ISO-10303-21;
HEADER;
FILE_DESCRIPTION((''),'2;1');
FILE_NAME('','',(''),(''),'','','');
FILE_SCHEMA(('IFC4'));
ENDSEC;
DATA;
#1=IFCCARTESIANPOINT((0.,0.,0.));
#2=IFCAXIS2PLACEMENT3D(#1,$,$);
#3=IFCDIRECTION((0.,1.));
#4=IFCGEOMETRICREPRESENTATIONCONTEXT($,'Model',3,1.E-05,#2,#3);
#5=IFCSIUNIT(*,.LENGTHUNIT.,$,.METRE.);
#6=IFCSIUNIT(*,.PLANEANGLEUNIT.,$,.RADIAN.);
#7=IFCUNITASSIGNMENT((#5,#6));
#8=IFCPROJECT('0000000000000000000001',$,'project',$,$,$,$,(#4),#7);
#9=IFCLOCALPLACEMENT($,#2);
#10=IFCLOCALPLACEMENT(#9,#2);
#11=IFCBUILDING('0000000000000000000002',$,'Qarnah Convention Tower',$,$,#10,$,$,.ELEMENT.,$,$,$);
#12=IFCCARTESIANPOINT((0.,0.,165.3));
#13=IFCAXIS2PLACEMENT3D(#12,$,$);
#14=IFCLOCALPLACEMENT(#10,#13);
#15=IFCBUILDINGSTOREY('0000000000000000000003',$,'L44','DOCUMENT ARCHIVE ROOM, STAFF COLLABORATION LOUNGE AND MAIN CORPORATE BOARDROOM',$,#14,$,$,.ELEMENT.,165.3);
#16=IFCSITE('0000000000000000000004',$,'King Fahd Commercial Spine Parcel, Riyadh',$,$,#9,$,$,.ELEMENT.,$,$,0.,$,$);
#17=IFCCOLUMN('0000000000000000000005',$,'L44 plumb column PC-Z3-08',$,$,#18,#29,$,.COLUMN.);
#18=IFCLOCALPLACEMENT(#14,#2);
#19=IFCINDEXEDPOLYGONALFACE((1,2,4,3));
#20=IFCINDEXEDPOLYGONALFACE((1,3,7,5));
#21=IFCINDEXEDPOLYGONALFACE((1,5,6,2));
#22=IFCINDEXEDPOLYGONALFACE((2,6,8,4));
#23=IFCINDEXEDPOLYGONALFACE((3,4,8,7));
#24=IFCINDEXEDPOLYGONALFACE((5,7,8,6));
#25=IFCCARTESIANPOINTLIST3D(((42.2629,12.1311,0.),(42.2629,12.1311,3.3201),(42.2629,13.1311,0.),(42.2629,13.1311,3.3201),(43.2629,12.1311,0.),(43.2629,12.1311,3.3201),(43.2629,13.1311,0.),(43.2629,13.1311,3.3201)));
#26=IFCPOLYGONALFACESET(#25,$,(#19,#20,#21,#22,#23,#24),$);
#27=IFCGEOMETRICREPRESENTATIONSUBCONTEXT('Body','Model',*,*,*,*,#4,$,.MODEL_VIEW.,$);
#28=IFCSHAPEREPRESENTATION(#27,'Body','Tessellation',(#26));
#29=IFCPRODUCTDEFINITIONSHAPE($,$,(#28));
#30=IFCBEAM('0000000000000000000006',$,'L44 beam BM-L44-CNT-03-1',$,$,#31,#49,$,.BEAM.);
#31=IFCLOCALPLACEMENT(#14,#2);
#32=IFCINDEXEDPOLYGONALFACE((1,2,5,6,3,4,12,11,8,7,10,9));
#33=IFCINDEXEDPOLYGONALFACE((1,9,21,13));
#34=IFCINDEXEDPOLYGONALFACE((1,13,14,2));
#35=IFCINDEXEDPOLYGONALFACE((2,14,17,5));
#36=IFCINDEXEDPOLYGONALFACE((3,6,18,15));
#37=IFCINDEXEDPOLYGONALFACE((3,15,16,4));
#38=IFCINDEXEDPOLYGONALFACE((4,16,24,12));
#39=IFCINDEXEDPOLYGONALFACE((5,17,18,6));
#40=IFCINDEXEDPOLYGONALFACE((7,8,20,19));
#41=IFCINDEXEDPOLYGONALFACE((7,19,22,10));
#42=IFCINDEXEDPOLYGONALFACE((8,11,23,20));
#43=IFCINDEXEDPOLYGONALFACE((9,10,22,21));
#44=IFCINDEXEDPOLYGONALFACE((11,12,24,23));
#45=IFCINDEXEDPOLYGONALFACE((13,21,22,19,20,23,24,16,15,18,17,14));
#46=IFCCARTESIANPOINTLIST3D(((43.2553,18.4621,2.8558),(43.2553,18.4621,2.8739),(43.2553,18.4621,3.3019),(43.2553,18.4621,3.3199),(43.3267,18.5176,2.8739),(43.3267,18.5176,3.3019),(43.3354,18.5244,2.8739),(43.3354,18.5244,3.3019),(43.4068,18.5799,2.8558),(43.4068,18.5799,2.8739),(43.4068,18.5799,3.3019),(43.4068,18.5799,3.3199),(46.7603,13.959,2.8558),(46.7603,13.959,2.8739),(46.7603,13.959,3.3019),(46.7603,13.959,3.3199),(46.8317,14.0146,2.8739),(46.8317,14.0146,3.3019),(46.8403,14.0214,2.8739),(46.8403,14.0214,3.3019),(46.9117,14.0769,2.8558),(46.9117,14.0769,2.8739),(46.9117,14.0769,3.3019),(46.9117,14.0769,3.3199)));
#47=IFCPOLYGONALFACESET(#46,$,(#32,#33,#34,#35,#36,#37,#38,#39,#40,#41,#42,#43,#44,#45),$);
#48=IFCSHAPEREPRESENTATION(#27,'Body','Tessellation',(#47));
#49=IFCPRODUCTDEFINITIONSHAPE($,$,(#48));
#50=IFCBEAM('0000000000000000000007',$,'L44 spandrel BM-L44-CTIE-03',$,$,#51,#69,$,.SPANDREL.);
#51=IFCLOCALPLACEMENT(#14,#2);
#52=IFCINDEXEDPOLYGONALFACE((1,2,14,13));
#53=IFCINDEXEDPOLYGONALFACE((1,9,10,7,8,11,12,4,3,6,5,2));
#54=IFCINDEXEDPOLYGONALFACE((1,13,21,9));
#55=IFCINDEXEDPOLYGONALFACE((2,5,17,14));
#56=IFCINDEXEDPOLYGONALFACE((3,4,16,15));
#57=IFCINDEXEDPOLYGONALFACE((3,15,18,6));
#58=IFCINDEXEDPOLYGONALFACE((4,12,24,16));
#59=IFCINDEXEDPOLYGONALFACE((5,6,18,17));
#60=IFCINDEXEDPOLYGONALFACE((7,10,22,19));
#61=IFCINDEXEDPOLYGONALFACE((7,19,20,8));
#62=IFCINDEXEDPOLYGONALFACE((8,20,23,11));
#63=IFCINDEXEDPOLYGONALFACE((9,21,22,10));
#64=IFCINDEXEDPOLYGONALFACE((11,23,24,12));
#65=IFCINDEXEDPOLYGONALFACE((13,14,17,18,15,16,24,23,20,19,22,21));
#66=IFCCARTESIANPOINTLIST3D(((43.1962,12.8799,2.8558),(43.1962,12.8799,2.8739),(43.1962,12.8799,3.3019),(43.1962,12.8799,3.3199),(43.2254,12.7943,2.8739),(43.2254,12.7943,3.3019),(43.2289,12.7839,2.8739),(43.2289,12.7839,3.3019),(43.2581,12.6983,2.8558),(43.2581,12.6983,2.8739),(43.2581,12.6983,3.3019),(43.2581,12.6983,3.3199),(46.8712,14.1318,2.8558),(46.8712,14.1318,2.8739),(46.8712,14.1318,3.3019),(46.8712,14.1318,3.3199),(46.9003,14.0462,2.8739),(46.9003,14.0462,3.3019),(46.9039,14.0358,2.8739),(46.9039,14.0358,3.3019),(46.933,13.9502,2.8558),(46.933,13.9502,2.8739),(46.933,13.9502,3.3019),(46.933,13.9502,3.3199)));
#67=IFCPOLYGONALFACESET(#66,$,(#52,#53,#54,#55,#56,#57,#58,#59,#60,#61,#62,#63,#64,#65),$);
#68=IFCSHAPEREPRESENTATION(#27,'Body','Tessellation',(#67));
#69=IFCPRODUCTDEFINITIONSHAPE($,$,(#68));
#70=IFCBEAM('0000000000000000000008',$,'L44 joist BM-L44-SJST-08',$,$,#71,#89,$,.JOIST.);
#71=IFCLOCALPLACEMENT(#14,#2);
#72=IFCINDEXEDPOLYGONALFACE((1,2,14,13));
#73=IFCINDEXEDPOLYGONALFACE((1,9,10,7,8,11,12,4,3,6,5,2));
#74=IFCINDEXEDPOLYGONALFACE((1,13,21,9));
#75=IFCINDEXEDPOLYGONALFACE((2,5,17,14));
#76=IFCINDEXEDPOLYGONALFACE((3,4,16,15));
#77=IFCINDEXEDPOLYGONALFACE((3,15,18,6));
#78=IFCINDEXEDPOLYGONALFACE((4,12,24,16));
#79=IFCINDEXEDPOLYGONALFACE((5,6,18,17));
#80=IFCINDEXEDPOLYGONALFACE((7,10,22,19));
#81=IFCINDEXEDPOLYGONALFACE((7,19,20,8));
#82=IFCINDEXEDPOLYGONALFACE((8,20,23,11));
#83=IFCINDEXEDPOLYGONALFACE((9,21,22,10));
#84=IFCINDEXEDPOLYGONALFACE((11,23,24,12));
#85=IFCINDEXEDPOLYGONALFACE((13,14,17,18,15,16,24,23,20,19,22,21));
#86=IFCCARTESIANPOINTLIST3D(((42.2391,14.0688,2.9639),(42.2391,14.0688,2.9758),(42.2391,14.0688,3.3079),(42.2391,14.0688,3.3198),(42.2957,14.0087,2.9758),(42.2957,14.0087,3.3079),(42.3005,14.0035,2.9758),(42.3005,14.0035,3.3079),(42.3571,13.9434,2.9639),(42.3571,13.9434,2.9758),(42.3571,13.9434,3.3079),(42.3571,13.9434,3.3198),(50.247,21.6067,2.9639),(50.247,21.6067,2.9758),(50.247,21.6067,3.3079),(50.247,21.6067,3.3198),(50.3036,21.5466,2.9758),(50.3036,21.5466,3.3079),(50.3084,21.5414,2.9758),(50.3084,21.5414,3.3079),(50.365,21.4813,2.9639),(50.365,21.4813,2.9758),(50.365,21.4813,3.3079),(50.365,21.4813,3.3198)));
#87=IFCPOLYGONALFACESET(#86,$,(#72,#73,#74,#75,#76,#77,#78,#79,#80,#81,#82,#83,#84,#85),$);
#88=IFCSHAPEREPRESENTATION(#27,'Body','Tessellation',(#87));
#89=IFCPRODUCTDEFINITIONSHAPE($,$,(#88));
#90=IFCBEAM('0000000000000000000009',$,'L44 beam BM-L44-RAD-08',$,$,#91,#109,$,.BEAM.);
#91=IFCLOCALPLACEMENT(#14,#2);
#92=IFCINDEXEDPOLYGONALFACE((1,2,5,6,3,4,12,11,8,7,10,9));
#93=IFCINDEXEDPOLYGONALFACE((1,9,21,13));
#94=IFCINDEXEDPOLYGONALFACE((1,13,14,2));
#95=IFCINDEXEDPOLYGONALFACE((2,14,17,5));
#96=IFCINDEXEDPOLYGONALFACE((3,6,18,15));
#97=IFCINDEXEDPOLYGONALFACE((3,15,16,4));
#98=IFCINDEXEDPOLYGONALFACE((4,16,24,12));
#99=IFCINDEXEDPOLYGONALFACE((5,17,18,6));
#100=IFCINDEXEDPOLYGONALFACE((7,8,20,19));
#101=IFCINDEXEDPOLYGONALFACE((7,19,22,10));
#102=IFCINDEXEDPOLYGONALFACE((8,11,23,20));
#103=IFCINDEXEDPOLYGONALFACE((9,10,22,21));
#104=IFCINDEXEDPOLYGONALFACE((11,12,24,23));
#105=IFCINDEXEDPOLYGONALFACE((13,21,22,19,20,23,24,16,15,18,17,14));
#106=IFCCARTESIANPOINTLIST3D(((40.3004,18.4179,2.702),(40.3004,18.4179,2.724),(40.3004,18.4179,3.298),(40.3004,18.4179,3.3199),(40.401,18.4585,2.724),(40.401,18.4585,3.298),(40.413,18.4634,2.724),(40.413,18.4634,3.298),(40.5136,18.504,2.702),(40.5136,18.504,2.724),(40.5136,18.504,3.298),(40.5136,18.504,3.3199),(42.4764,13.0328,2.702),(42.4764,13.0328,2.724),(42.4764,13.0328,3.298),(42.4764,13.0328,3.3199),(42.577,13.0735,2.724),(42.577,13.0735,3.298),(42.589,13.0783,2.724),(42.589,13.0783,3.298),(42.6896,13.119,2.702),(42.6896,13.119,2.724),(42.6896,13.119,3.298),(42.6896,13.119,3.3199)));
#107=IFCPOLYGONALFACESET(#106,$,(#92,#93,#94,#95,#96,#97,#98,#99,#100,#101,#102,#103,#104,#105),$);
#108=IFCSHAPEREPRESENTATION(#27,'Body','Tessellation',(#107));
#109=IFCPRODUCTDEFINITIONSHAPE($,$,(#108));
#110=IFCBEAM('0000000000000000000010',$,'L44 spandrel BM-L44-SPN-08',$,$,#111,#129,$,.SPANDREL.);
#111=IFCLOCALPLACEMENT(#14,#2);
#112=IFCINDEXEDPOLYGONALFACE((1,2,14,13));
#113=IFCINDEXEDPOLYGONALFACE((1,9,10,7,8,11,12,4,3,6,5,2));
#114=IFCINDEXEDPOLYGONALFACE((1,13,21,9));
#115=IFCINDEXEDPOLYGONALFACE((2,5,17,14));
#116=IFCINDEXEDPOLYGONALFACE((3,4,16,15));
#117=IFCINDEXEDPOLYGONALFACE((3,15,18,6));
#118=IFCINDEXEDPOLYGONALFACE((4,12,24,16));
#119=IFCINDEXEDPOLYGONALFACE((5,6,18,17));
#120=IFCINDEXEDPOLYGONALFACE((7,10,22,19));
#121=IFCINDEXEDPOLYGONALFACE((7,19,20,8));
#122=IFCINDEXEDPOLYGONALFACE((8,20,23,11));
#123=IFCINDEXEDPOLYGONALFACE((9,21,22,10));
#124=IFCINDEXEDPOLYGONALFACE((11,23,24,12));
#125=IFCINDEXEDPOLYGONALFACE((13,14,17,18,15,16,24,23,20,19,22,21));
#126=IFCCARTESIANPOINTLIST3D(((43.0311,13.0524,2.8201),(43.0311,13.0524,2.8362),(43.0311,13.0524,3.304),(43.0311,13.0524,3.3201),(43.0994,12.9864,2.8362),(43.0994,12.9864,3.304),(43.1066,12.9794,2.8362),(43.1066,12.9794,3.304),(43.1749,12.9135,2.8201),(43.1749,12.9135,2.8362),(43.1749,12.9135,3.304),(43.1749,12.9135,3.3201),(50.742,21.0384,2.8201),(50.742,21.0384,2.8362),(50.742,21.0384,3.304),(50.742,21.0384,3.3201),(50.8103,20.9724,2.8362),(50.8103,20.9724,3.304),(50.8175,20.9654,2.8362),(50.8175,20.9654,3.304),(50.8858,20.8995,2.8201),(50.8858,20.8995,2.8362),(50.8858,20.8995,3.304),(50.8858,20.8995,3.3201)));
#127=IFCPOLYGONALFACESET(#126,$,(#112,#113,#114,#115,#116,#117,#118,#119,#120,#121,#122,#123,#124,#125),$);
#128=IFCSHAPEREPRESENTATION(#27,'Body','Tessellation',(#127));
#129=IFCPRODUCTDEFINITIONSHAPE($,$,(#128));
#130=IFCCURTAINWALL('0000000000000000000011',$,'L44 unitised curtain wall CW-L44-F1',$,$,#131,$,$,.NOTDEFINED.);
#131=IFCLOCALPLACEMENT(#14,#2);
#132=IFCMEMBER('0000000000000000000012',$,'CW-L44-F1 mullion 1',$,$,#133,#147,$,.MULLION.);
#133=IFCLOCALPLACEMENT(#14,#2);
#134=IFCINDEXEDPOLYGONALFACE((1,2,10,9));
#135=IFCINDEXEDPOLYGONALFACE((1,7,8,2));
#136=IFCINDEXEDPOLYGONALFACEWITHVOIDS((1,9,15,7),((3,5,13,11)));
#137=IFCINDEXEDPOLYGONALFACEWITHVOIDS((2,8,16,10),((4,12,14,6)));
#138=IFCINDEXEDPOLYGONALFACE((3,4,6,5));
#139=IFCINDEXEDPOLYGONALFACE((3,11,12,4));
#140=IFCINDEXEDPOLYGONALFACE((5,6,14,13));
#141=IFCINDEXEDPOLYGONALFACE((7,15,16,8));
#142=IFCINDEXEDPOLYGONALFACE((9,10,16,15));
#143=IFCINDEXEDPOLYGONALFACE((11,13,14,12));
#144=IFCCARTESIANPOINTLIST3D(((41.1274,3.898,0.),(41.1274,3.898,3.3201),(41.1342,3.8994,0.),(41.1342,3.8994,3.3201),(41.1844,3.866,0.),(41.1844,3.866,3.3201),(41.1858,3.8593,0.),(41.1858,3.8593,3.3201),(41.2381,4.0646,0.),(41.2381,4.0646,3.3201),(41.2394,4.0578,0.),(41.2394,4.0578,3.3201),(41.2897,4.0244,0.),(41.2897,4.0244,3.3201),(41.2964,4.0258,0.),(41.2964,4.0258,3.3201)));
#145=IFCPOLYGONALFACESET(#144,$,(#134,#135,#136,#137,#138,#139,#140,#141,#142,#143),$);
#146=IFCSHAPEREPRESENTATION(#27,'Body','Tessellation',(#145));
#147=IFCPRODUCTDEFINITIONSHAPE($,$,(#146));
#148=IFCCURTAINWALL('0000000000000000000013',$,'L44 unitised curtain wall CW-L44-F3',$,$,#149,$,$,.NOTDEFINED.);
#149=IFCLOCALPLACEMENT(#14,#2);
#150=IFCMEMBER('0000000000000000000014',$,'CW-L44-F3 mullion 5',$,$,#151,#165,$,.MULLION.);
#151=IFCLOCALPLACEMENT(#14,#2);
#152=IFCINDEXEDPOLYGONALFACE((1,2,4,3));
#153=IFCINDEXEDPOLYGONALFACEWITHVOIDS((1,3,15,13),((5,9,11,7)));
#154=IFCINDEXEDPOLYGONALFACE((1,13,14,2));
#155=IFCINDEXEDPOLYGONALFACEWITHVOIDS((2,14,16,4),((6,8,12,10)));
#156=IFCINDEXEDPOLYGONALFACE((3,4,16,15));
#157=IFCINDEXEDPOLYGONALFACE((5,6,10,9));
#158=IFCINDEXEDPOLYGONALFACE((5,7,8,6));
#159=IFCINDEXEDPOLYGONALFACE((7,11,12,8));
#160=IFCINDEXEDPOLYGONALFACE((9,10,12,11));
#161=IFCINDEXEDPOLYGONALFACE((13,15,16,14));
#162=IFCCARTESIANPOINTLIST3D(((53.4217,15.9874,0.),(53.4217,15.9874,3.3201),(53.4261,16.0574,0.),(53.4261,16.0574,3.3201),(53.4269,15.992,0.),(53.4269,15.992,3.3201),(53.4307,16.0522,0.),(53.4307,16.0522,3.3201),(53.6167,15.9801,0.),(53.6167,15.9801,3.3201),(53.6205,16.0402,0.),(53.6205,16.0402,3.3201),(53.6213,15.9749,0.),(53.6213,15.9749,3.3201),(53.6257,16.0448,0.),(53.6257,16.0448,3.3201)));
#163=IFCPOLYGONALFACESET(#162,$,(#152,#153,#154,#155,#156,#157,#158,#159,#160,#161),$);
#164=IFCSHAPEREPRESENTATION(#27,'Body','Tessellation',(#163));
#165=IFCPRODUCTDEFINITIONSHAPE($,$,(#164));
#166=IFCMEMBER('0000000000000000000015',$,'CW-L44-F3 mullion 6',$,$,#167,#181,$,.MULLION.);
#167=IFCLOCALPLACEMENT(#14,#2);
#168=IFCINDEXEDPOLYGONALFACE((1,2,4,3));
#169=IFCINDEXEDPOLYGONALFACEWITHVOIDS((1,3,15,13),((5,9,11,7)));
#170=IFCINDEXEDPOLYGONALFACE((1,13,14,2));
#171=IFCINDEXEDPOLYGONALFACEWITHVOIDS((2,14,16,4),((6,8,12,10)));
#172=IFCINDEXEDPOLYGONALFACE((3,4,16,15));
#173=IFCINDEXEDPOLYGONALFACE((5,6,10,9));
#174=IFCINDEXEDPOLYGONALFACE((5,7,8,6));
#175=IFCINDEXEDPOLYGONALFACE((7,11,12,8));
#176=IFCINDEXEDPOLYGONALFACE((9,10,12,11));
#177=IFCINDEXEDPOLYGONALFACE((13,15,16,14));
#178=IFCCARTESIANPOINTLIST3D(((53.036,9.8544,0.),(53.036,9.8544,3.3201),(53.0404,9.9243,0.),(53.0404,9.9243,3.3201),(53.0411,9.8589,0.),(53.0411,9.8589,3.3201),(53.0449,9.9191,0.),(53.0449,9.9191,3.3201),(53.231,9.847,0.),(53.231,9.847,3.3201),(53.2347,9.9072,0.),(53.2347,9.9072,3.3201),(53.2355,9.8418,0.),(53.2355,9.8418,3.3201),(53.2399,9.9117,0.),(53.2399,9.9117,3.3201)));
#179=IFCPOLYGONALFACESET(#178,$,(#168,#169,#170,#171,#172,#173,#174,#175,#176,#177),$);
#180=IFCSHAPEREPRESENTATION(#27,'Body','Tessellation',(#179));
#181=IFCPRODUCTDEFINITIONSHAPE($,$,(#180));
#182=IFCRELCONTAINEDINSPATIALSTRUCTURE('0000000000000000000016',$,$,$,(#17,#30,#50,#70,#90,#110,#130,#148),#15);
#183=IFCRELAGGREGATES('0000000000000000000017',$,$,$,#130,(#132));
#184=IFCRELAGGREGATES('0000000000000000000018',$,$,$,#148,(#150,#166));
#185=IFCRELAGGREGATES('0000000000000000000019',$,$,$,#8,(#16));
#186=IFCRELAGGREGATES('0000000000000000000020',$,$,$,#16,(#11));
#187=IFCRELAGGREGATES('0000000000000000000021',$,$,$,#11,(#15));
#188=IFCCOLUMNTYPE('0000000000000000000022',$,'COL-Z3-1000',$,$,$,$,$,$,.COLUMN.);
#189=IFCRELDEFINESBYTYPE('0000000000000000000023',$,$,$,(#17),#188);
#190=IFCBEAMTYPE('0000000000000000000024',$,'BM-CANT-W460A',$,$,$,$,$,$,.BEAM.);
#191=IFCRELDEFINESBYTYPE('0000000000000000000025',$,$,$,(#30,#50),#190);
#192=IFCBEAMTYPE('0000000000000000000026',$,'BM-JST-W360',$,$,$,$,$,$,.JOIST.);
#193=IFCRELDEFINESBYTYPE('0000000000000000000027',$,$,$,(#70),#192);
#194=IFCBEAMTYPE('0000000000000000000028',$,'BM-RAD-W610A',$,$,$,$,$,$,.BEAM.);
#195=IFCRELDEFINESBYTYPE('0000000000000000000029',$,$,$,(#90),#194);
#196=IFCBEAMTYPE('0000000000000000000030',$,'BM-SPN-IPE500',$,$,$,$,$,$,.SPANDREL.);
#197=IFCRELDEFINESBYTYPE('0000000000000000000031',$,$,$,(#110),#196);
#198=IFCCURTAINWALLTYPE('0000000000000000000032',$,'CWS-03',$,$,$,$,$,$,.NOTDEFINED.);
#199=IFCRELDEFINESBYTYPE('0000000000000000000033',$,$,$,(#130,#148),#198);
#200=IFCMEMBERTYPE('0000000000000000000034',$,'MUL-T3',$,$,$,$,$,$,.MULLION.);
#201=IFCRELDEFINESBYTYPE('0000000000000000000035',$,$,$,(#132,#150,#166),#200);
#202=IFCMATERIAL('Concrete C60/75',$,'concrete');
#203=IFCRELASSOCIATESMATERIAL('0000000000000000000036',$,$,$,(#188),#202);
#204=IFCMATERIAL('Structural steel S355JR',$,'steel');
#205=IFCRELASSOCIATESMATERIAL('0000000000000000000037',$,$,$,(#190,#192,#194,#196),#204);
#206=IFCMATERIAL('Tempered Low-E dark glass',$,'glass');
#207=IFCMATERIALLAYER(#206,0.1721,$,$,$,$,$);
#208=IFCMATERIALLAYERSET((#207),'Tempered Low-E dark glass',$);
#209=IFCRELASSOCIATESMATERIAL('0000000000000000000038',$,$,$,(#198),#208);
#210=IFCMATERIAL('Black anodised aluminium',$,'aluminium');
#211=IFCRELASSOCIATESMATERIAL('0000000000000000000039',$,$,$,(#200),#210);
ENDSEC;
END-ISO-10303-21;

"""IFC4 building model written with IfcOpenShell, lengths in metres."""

from ifc_helpers import new_model, si_unit, direction, frame, origin, origin_2d, place, context, subcontext, project, spatial, rectangle, hollow_rectangle, i_section, extrude, material, layer, layer_set, material_profile, profile_set, type_object, element, aggregate, save


model = new_model("IFC4")

# Units and contexts
model_context = context("Model", 3, precision=1e-05, world=origin(), true_north=direction((0.0, 1.0)))
body_context = subcontext(model_context, "Body", "Model", "MODEL_VIEW")
ifc_project = project(units=[si_unit("LENGTHUNIT", "METRE"), si_unit("PLANEANGLEUNIT", "RADIAN")], contexts=[model_context])

# Site, building, storey
site_placement = place(None, origin())
site = spatial("IfcSite", under=ifc_project, at=site_placement, Name="King Fahd Commercial Spine Parcel, Riyadh", CompositionType="ELEMENT", RefElevation=0.0)
building_placement = place(site_placement, origin())
building = spatial("IfcBuilding", under=site, at=building_placement, Name="Qarnah Convention Tower", CompositionType="ELEMENT")
storey_placement = place(building_placement, frame((0.0, 0.0, 165.3)))
storey = spatial("IfcBuildingStorey", under=building, at=storey_placement, Name="L44", Description="DOCUMENT ARCHIVE ROOM, STAFF COLLABORATION LOUNGE AND MAIN CORPORATE BOARDROOM", CompositionType="ELEMENT", Elevation=165.3)

# Column
ifc_material_1 = material(Name="Concrete C60/75", Category="concrete")
ifc_material_profile_1 = material_profile(ifc_material_1, rectangle(XDim=1.0, YDim=1.0, at=origin_2d()), Name="RC-COL-1000X1000")
ifc_profile_set_1 = profile_set([ifc_material_profile_1], Name="Concrete C60/75")
column_type = type_object("IfcColumnType", Name="COL-Z3-1000", PredefinedType="COLUMN", material=ifc_profile_set_1)
column_placement = place(storey_placement, frame((42.7629, 12.6311, 0.0), z_axis=(0.0, 0.0, 1.0), x_axis=(1.0, 0.0, 0.0)))
element("IfcColumn", 1, at=column_placement, inside=storey, type_object=column_type, Name="L44 plumb column PC-Z3-08", PredefinedType="COLUMN", context=body_context, shape_type="SweptSolid", body=[
    extrude(rectangle(XDim=1.0, YDim=1.0, at=origin_2d()), origin(), (0.0, 0.0, 1.0), 3.3201),
])

# Beams
ifc_material_2 = material(Name="Structural steel S355JR", Category="steel")
ifc_material_profile_2 = material_profile(ifc_material_2, i_section(OverallWidth=0.1919, OverallDepth=0.4641, WebThickness=0.011, FlangeThickness=0.0181, at=origin_2d()), Name="W460X89")
ifc_profile_set_2 = profile_set([ifc_material_profile_2], Name="Structural steel S355JR")
beam_type_1 = type_object("IfcBeamType", Name="BM-CANT-W460A", PredefinedType="BEAM", material=ifc_profile_set_2)
beam_1_placement = place(storey_placement, frame((43.3311, 18.521, 3.0879), z_axis=(0.614225, -0.789131, 0.0), x_axis=(0.789131, 0.614225, 0.0)))
element("IfcBeam", 2, at=beam_1_placement, inside=storey, type_object=beam_type_1, Name="L44 beam BM-L44-CNT-03-1", PredefinedType="BEAM", context=body_context, shape_type="SweptSolid", body=[
    extrude(i_section(OverallWidth=0.1919, OverallDepth=0.4641, WebThickness=0.011, FlangeThickness=0.0181, at=origin_2d()), origin(), (0.0, 0.0, 1.0), 5.7063),
])
beam_2_placement = place(storey_placement, frame((46.9021, 14.041, 3.0879), z_axis=(-0.946581, -0.322465, 0.0), x_axis=(0.322465, -0.946581, 0.0)))
element("IfcBeam", 3, at=beam_2_placement, inside=storey, type_object=beam_type_1, Name="L44 spandrel BM-L44-CTIE-03", PredefinedType="SPANDREL", context=body_context, shape_type="SweptSolid", body=[
    extrude(i_section(OverallWidth=0.1919, OverallDepth=0.4641, WebThickness=0.011, FlangeThickness=0.0181, at=origin_2d()), origin(), (0.0, 0.0, 1.0), 3.8823),
])
ifc_material_profile_3 = material_profile(ifc_material_2, i_section(OverallWidth=0.1721, OverallDepth=0.356, WebThickness=0.0071, FlangeThickness=0.012, at=origin_2d()), Name="W360X51")
ifc_profile_set_3 = profile_set([ifc_material_profile_3], Name="Structural steel S355JR")
beam_type_2 = type_object("IfcBeamType", Name="BM-JST-W360", PredefinedType="JOIST", material=ifc_profile_set_3)
beam_3_placement = place(storey_placement, frame((42.2981, 14.0061, 3.1418), z_axis=(0.728151, 0.685417, 0.0), x_axis=(-0.685417, 0.728151, 0.0)))
element("IfcBeam", 4, at=beam_3_placement, inside=storey, type_object=beam_type_2, Name="L44 joist BM-L44-SJST-08", PredefinedType="JOIST", context=body_context, shape_type="SweptSolid", body=[
    extrude(i_section(OverallWidth=0.1721, OverallDepth=0.356, WebThickness=0.0071, FlangeThickness=0.012, at=origin_2d()), origin(), (0.0, 0.0, 1.0), 10.9976),
])
ifc_material_profile_4 = material_profile(ifc_material_2, i_section(OverallWidth=0.23, OverallDepth=0.6179, WebThickness=0.0129, FlangeThickness=0.022, at=origin_2d()), Name="W610X140")
ifc_profile_set_4 = profile_set([ifc_material_profile_4], Name="Structural steel S355JR")
beam_type_3 = type_object("IfcBeamType", Name="BM-RAD-W610A", PredefinedType="BEAM", material=ifc_profile_set_4)
beam_4_placement = place(storey_placement, frame((40.407, 18.4609, 3.011), z_axis=(0.374657, -0.927164, 0.0), x_axis=(0.927164, 0.374657, 0.0)))
element("IfcBeam", 5, at=beam_4_placement, inside=storey, type_object=beam_type_3, Name="L44 beam BM-L44-RAD-08", PredefinedType="BEAM", context=body_context, shape_type="SweptSolid", body=[
    extrude(i_section(OverallWidth=0.23, OverallDepth=0.6179, WebThickness=0.0129, FlangeThickness=0.022, at=origin_2d()), origin(), (0.0, 0.0, 1.0), 5.8081),
])
ifc_material_profile_5 = material_profile(ifc_material_2, i_section(OverallWidth=0.2, OverallDepth=0.5, WebThickness=0.01, FlangeThickness=0.0161, at=origin_2d()), Name="IPE500")
ifc_profile_set_5 = profile_set([ifc_material_profile_5], Name="Structural steel S355JR")
beam_type_4 = type_object("IfcBeamType", Name="BM-SPN-IPE500", PredefinedType="SPANDREL", material=ifc_profile_set_5)
beam_5_placement = place(storey_placement, frame((43.103, 12.9829, 3.0701), z_axis=(0.694606, 0.719391, 0.0), x_axis=(-0.719391, 0.694606, 0.0)))
element("IfcBeam", 6, at=beam_5_placement, inside=storey, type_object=beam_type_4, Name="L44 spandrel BM-L44-SPN-08", PredefinedType="SPANDREL", context=body_context, shape_type="SweptSolid", body=[
    extrude(i_section(OverallWidth=0.2, OverallDepth=0.5, WebThickness=0.01, FlangeThickness=0.0161, at=origin_2d()), origin(), (0.0, 0.0, 1.0), 11.1011),
])

# Curtain wall, member
ifc_material_3 = material(Name="Tempered Low-E dark glass", Category="glass")
ifc_layer_1 = layer(ifc_material_3, 0.1721)
ifc_layer_set_1 = layer_set([ifc_layer_1], Name="Tempered Low-E dark glass")
curtain_wall_type = type_object("IfcCurtainWallType", Name="CWS-03", PredefinedType="NOTDEFINED", material=ifc_layer_set_1)
curtain_wall_1_placement = place(storey_placement, origin())
curtain_wall_1 = element("IfcCurtainWall", 7, at=curtain_wall_1_placement, inside=storey, type_object=curtain_wall_type, Name="L44 unitised curtain wall CW-L44-F1", PredefinedType="NOTDEFINED")
ifc_material_4 = material(Name="Black anodised aluminium", Category="aluminium")
ifc_material_profile_6 = material_profile(ifc_material_4, hollow_rectangle(XDim=0.0701, YDim=0.2, WallThickness=0.0049, at=origin_2d()), Name="MUL-70X200")
ifc_profile_set_6 = profile_set([ifc_material_profile_6], Name="Black anodised aluminium")
member_type_1 = type_object("IfcMemberType", Name="MUL-T3", PredefinedType="MULLION", material=ifc_profile_set_6)
member_1_placement = place(storey_placement, frame((41.2119, 3.9619, 0.0), z_axis=(0.0, 0.0, 1.0), x_axis=(-0.83292, 0.553393, 0.0)))
member_1 = element("IfcMember", 8, at=member_1_placement, type_object=member_type_1, Name="CW-L44-F1 mullion 1", PredefinedType="MULLION", context=body_context, shape_type="SweptSolid", body=[
    extrude(hollow_rectangle(XDim=0.0701, YDim=0.2, WallThickness=0.0049, at=origin_2d()), origin(), (0.0, 0.0, 1.0), 3.3201),
])

# Curtain wall, members
curtain_wall_2_placement = place(storey_placement, origin())
curtain_wall_2 = element("IfcCurtainWall", 9, at=curtain_wall_2_placement, inside=storey, type_object=curtain_wall_type, Name="L44 unitised curtain wall CW-L44-F3", PredefinedType="NOTDEFINED")
member_2_placement = place(storey_placement, frame((53.5237, 16.0161, 0.0), z_axis=(0.0, 0.0, 1.0), x_axis=(-0.062781, -0.998027, 0.0)))
member_2 = element("IfcMember", 10, at=member_2_placement, type_object=member_type_1, Name="CW-L44-F3 mullion 5", PredefinedType="MULLION", context=body_context, shape_type="SweptSolid", body=[
    extrude(hollow_rectangle(XDim=0.0701, YDim=0.2, WallThickness=0.0049, at=origin_2d()), origin(), (0.0, 0.0, 1.0), 3.3201),
])
member_3_placement = place(storey_placement, frame((53.1379, 9.8831, 0.0), z_axis=(0.0, 0.0, 1.0), x_axis=(-0.062781, -0.998027, 0.0)))
member_3 = element("IfcMember", 11, at=member_3_placement, type_object=member_type_1, Name="CW-L44-F3 mullion 6", PredefinedType="MULLION", context=body_context, shape_type="SweptSolid", body=[
    extrude(hollow_rectangle(XDim=0.0701, YDim=0.2, WallThickness=0.0049, at=origin_2d()), origin(), (0.0, 0.0, 1.0), 3.3201),
])

aggregate(curtain_wall_1, [member_1])
aggregate(curtain_wall_2, [member_2, member_3])

save(model, "model.ifc")
